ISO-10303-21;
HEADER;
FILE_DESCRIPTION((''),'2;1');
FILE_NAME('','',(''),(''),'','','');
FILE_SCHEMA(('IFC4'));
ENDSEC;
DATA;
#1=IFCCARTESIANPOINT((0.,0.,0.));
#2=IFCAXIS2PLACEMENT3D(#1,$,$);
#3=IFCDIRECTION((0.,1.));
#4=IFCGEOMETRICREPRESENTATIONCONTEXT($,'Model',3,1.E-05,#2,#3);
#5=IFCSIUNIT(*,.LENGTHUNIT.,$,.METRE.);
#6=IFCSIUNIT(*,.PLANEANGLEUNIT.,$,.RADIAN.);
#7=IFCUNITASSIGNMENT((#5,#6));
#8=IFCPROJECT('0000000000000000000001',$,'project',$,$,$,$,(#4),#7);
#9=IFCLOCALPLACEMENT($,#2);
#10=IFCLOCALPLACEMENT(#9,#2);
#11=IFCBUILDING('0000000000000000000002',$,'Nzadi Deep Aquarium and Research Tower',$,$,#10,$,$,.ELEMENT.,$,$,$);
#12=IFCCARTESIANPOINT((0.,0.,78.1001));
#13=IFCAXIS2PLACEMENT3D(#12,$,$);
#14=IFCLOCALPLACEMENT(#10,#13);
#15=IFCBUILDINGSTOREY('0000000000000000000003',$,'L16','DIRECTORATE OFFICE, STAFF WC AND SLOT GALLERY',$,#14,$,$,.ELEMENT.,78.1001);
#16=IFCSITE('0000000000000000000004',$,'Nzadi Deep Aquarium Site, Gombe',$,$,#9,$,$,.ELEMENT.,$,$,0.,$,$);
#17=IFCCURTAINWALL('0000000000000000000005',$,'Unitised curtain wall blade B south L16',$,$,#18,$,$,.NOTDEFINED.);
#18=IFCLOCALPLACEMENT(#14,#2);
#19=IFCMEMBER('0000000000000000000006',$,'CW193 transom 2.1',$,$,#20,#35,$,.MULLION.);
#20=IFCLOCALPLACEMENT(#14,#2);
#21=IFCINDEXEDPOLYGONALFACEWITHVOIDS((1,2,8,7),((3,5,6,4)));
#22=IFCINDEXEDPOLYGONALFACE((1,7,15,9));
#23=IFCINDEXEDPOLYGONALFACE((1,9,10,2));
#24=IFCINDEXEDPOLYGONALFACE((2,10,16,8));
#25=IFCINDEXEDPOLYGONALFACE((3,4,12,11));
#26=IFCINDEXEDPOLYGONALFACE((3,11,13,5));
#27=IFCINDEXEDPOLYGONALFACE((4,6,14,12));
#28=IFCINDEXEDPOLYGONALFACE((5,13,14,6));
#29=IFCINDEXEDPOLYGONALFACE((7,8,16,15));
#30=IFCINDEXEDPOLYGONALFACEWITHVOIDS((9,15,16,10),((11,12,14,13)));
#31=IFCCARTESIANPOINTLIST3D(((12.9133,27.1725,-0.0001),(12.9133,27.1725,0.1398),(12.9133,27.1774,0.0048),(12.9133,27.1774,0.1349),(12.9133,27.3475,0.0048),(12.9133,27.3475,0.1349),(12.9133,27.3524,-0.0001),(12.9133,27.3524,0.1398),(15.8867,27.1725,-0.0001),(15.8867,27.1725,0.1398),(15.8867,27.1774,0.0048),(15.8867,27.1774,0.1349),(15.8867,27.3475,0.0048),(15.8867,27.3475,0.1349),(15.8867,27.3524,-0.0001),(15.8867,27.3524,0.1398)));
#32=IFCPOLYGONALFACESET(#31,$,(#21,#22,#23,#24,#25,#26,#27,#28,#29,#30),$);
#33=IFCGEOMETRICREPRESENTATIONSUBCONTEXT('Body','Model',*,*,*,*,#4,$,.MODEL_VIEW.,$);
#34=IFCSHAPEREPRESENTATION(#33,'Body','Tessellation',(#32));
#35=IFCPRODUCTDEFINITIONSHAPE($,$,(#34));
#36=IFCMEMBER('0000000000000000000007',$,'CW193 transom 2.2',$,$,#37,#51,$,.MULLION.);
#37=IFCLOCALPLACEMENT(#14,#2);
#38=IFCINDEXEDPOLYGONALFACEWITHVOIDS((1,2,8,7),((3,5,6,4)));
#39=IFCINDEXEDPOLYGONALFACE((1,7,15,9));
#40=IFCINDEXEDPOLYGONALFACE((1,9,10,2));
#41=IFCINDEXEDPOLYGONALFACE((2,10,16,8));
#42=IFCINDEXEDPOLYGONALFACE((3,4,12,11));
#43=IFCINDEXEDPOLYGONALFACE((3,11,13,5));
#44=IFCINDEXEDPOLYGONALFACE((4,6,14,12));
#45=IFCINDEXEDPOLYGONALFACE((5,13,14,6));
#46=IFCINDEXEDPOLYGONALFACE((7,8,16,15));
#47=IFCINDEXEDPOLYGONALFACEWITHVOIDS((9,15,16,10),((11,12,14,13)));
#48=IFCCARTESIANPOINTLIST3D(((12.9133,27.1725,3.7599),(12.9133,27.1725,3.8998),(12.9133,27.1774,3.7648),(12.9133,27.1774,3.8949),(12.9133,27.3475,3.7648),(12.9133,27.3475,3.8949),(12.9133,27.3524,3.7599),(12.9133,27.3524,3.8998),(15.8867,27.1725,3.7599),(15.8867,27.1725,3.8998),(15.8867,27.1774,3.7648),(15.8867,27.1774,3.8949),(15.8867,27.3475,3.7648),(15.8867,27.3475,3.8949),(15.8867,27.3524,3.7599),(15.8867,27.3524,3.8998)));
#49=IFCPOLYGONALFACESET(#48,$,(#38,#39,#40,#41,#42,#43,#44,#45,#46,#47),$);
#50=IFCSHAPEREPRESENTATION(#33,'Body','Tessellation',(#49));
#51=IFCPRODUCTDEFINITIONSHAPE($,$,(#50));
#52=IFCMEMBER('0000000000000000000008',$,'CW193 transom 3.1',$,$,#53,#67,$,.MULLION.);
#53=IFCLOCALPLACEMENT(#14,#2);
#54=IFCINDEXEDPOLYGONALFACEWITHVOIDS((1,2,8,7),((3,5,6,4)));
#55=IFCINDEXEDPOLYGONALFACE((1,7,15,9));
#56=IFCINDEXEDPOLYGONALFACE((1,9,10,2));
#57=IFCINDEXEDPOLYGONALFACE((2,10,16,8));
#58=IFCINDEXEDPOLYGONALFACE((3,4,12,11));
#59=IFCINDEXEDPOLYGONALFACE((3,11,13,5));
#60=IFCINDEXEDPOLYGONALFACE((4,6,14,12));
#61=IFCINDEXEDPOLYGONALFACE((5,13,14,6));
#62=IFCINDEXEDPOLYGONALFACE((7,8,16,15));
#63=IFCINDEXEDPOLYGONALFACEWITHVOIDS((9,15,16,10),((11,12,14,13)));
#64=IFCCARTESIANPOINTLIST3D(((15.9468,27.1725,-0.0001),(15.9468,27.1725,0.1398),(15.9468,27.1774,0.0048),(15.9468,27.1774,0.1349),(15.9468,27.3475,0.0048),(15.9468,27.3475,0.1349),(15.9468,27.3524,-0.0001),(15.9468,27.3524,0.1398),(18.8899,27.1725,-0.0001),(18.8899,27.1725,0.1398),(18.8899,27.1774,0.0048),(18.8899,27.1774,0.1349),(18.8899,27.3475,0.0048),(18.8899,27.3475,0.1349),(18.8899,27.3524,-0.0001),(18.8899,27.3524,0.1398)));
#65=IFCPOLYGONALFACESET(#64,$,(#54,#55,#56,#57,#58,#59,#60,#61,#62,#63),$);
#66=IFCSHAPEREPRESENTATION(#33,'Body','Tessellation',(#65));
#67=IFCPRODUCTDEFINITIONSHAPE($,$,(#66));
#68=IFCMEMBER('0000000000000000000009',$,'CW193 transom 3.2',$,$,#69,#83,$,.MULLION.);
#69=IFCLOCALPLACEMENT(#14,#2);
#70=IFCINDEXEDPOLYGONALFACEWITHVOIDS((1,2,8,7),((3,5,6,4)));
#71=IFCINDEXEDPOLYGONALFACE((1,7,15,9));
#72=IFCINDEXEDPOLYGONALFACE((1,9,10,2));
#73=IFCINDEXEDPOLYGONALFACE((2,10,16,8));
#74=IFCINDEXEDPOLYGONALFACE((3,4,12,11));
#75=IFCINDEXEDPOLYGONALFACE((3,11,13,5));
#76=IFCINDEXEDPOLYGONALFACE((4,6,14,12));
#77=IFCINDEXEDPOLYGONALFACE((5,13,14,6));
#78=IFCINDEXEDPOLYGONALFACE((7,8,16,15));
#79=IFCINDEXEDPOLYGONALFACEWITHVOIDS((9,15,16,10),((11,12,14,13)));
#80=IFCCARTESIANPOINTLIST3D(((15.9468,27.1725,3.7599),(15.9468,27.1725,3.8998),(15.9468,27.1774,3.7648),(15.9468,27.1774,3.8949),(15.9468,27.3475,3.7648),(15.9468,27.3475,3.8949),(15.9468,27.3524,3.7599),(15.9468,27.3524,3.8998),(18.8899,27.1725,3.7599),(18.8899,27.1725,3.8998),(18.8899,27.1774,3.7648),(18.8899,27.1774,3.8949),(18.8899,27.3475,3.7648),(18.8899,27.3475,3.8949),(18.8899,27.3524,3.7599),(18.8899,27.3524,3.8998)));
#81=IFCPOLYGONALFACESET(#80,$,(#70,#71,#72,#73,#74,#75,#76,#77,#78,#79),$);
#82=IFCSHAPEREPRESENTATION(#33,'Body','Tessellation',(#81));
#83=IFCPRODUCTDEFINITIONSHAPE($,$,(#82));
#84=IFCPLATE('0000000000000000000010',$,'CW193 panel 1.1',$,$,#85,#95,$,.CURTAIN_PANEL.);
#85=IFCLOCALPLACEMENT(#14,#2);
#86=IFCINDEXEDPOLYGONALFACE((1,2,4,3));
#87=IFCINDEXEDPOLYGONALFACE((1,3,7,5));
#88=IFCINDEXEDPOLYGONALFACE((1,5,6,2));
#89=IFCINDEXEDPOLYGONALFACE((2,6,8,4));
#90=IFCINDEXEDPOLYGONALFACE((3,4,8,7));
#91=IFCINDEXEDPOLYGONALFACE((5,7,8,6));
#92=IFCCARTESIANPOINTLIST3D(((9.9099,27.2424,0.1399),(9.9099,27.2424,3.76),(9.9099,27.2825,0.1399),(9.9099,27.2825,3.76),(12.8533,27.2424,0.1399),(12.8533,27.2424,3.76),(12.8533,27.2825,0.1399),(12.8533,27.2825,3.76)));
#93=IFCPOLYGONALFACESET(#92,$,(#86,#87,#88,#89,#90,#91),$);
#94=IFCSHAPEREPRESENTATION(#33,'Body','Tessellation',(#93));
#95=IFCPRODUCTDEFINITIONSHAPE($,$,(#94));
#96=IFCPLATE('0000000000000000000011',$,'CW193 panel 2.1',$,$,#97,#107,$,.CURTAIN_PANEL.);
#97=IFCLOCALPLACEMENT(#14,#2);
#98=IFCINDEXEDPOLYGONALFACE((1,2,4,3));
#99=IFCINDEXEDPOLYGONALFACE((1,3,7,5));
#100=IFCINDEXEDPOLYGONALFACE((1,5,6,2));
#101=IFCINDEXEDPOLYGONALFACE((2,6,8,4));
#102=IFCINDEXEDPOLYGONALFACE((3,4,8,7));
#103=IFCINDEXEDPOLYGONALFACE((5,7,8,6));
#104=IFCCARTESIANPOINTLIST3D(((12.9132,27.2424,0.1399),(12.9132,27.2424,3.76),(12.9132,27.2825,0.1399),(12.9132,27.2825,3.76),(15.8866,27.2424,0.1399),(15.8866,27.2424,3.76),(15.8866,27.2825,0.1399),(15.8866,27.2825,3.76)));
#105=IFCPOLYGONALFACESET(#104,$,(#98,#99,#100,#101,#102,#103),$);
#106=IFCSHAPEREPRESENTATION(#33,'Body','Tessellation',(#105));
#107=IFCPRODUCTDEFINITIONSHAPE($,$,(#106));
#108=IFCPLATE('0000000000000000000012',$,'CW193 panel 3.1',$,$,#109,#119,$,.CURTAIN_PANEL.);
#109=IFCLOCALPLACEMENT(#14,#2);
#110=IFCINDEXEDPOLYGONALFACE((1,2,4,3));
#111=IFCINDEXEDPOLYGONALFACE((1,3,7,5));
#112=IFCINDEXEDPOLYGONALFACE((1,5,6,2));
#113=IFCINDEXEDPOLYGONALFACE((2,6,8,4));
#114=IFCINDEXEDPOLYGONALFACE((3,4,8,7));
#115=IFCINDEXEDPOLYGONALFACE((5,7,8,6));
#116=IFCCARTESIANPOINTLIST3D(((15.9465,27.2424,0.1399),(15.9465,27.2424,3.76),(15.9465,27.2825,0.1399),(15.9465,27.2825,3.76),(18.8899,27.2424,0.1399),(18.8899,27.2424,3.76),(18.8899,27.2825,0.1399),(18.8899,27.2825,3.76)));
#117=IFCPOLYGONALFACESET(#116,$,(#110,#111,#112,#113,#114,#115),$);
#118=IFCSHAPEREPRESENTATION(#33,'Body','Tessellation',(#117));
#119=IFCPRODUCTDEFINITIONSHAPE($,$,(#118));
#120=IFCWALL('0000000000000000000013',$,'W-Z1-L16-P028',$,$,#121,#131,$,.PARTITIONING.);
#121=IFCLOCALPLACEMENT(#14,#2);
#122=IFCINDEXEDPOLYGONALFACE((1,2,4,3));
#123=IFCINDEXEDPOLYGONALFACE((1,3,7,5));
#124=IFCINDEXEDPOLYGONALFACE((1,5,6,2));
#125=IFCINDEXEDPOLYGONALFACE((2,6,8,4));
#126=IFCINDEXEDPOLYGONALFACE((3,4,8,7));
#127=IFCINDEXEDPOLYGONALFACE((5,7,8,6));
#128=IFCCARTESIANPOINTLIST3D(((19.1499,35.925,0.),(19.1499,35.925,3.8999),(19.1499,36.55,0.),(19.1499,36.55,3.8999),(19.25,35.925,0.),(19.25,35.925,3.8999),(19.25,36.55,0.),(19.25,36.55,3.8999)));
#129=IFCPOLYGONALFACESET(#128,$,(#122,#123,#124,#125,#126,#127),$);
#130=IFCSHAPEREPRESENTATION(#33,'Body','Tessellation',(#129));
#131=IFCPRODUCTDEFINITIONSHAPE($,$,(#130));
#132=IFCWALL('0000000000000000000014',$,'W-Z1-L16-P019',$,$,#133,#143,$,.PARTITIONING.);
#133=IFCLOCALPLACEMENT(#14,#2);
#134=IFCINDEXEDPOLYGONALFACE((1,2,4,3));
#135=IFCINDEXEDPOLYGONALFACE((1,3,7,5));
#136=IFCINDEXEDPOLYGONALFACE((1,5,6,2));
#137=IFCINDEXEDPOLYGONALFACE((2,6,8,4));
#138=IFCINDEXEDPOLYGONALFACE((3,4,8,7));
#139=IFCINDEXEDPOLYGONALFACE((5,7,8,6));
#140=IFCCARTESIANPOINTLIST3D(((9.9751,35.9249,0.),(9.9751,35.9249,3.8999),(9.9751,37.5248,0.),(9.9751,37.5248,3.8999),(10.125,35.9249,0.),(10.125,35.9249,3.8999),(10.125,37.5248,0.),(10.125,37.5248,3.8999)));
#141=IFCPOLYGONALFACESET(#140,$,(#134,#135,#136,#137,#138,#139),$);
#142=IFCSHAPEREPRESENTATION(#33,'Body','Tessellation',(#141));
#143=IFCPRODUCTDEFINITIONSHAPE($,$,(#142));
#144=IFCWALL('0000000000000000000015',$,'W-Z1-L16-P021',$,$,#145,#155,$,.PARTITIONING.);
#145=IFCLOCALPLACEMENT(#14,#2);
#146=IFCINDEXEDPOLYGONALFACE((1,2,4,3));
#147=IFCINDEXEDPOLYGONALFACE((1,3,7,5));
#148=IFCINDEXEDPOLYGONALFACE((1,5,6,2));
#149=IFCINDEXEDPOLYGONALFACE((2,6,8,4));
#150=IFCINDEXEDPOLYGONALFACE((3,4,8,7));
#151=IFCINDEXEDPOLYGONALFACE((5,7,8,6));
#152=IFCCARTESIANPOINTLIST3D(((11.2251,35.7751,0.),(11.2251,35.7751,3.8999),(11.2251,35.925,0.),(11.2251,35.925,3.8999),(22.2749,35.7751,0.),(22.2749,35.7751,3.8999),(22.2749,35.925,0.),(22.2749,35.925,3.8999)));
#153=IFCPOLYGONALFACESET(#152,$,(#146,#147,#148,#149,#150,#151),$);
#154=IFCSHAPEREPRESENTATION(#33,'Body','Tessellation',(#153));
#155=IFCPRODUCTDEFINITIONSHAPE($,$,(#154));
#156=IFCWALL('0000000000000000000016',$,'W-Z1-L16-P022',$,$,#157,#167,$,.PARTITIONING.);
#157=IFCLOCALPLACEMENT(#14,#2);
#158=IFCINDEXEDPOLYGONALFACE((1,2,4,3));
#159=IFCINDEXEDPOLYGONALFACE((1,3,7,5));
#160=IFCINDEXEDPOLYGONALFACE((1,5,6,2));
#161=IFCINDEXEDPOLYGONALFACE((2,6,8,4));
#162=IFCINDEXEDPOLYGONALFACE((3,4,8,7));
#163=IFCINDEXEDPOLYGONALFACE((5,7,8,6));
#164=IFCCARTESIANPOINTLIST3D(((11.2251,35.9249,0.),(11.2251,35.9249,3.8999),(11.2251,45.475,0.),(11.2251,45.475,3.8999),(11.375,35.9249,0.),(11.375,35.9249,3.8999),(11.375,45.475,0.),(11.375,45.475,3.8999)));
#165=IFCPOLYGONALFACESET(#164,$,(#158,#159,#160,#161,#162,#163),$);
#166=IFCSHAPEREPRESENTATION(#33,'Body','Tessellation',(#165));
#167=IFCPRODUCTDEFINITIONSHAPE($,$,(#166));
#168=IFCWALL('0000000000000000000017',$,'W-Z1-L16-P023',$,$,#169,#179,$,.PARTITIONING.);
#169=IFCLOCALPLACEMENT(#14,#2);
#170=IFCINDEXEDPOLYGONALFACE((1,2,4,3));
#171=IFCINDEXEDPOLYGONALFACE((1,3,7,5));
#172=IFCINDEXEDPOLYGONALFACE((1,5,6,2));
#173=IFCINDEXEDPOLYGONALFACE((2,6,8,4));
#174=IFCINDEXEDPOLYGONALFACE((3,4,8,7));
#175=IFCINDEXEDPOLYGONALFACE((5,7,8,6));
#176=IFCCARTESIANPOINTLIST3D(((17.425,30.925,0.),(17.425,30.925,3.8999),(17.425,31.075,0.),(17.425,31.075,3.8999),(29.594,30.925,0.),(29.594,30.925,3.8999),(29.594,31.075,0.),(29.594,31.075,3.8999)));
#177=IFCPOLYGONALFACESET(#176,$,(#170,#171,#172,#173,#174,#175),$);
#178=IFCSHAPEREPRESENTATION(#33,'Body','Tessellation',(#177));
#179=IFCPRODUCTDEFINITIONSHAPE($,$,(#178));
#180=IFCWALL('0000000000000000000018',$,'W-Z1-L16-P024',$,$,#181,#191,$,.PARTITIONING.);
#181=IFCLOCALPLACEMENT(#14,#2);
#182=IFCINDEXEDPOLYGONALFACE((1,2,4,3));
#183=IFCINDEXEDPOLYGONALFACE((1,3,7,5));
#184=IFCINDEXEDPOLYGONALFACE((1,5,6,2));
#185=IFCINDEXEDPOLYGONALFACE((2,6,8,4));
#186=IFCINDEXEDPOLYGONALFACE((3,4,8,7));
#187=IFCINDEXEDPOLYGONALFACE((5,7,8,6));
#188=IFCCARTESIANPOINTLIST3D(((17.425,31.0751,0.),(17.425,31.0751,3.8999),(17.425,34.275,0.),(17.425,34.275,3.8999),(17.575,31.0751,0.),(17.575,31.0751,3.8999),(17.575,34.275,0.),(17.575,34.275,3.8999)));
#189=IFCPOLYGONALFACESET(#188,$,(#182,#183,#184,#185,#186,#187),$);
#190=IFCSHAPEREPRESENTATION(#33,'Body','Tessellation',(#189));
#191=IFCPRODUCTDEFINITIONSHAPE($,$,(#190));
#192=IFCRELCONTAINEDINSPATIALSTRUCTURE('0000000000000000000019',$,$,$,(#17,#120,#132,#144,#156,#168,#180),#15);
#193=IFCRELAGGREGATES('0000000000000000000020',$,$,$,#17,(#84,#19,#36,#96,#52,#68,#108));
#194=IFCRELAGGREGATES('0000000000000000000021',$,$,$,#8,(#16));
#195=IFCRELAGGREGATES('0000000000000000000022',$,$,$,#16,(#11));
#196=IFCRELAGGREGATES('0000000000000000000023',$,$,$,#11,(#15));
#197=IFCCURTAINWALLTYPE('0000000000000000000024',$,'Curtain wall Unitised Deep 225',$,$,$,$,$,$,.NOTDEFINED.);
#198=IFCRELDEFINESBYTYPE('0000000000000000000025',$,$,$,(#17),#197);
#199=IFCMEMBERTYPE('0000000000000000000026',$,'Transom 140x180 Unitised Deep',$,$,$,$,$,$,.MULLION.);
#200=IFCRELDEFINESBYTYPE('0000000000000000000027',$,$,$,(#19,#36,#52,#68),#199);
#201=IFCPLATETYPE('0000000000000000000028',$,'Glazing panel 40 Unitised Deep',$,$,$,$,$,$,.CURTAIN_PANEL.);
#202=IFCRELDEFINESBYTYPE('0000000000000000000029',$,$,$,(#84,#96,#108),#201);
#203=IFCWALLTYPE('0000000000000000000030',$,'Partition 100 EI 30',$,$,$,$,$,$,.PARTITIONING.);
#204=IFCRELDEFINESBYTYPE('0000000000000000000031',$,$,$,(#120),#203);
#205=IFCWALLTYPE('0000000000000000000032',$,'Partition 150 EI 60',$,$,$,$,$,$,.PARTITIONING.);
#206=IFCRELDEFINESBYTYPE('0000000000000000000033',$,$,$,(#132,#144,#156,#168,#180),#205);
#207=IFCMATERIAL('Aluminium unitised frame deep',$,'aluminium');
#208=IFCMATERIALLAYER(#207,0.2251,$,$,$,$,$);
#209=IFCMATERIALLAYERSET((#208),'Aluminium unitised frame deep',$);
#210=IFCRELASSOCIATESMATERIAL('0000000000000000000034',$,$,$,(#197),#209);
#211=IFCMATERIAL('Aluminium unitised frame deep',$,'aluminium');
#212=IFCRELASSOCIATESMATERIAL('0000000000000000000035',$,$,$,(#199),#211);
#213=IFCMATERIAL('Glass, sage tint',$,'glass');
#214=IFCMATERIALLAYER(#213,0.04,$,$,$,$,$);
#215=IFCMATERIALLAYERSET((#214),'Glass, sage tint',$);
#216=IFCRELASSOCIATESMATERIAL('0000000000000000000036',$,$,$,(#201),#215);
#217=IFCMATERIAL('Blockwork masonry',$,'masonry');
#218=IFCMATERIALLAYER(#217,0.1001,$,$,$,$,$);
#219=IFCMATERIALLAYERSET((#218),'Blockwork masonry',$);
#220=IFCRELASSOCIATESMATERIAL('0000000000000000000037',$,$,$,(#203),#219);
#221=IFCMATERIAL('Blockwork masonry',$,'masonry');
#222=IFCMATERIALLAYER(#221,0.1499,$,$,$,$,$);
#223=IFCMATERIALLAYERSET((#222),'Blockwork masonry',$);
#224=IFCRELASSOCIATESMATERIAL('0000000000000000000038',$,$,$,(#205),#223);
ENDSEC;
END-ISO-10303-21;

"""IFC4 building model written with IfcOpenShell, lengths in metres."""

from ifc_helpers import new_model, si_unit, direction, frame, frame_2d, origin, origin_2d, place, context, subcontext, project, spatial, rectangle, hollow_rectangle, extrude, material, layer, layer_set, material_profile, profile_set, type_object, element, aggregate, save


model = new_model("IFC4")

# Units and contexts
model_context = context("Model", 3, precision=1e-05, world=origin(), true_north=direction((0.0, 1.0)))
body_context = subcontext(model_context, "Body", "Model", "MODEL_VIEW")
ifc_project = project(units=[si_unit("LENGTHUNIT", "METRE"), si_unit("PLANEANGLEUNIT", "RADIAN")], contexts=[model_context])

# Site, building, storey
site_placement = place(None, origin())
site = spatial("IfcSite", under=ifc_project, at=site_placement, Name="Nzadi Deep Aquarium Site, Gombe", CompositionType="ELEMENT", RefElevation=0.0)
building_placement = place(site_placement, origin())
building = spatial("IfcBuilding", under=site, at=building_placement, Name="Nzadi Deep Aquarium and Research Tower", CompositionType="ELEMENT")
storey_placement = place(building_placement, frame((0.0, 0.0, 78.1001)))
storey = spatial("IfcBuildingStorey", under=building, at=storey_placement, Name="L16", Description="DIRECTORATE OFFICE, STAFF WC AND SLOT GALLERY", CompositionType="ELEMENT", Elevation=78.1001)

# Curtain wall
ifc_material_1 = material(Name="Aluminium unitised frame deep", Category="aluminium")
ifc_layer_1 = layer(ifc_material_1, 0.2251)
ifc_layer_set_1 = layer_set([ifc_layer_1], Name="Aluminium unitised frame deep")
curtain_wall_type = type_object("IfcCurtainWallType", Name="Curtain wall Unitised Deep 225", PredefinedType="NOTDEFINED", material=ifc_layer_set_1)
curtain_wall_1_placement = place(storey_placement, origin())
curtain_wall_1 = element("IfcCurtainWall", 1, at=curtain_wall_1_placement, inside=storey, type_object=curtain_wall_type, Name="Unitised curtain wall blade B south L16", PredefinedType="NOTDEFINED")

# Members
ifc_material_2 = material(Name="Aluminium unitised frame deep", Category="aluminium")
ifc_material_profile_1 = material_profile(ifc_material_2, hollow_rectangle(XDim=0.1799, YDim=0.1399, WallThickness=0.0049, at=origin_2d()))
ifc_profile_set_1 = profile_set([ifc_material_profile_1], Name="Aluminium unitised frame deep")
member_type_1 = type_object("IfcMemberType", Name="Transom 140x180 Unitised Deep", PredefinedType="MULLION", material=ifc_profile_set_1)
member_1_placement = place(storey_placement, frame((12.9133, 27.2625, 0.0698), z_axis=(1.0, 0.0, 0.0), x_axis=(0.0, 1.0, 0.0)))
member_1 = element("IfcMember", 2, at=member_1_placement, type_object=member_type_1, Name="CW193 transom 2.1", PredefinedType="MULLION", context=body_context, shape_type="SweptSolid", body=[
    extrude(hollow_rectangle(XDim=0.1799, YDim=0.1399, WallThickness=0.0049, at=origin_2d()), origin(), (0.0, 0.0, 1.0), 2.9734),
])
member_2_placement = place(storey_placement, frame((12.9133, 27.2625, 3.8298), z_axis=(1.0, 0.0, 0.0), x_axis=(0.0, 1.0, 0.0)))
member_2 = element("IfcMember", 3, at=member_2_placement, type_object=member_type_1, Name="CW193 transom 2.2", PredefinedType="MULLION", context=body_context, shape_type="SweptSolid", body=[
    extrude(hollow_rectangle(XDim=0.1799, YDim=0.1399, WallThickness=0.0049, at=origin_2d()), origin(), (0.0, 0.0, 1.0), 2.9734),
])
member_3_placement = place(storey_placement, frame((15.9468, 27.2625, 0.0698), z_axis=(1.0, 0.0, 0.0), x_axis=(0.0, 1.0, 0.0)))
member_3 = element("IfcMember", 4, at=member_3_placement, type_object=member_type_1, Name="CW193 transom 3.1", PredefinedType="MULLION", context=body_context, shape_type="SweptSolid", body=[
    extrude(hollow_rectangle(XDim=0.1799, YDim=0.1399, WallThickness=0.0049, at=origin_2d()), origin(), (0.0, 0.0, 1.0), 2.9431),
])
member_4_placement = place(storey_placement, frame((15.9468, 27.2625, 3.8298), z_axis=(1.0, 0.0, 0.0), x_axis=(0.0, 1.0, 0.0)))
member_4 = element("IfcMember", 5, at=member_4_placement, type_object=member_type_1, Name="CW193 transom 3.2", PredefinedType="MULLION", context=body_context, shape_type="SweptSolid", body=[
    extrude(hollow_rectangle(XDim=0.1799, YDim=0.1399, WallThickness=0.0049, at=origin_2d()), origin(), (0.0, 0.0, 1.0), 2.9431),
])

# Plates
ifc_material_3 = material(Name="Glass, sage tint", Category="glass")
ifc_layer_2 = layer(ifc_material_3, 0.04)
ifc_layer_set_2 = layer_set([ifc_layer_2], Name="Glass, sage tint")
plate_type = type_object("IfcPlateType", Name="Glazing panel 40 Unitised Deep", PredefinedType="CURTAIN_PANEL", material=ifc_layer_set_2)
plate_1_placement = place(storey_placement, frame((11.3816, 27.2625, 0.1399), z_axis=(0.0, 0.0, 1.0), x_axis=(1.0, 0.0, 0.0)))
plate_1 = element("IfcPlate", 6, at=plate_1_placement, type_object=plate_type, Name="CW193 panel 1.1", PredefinedType="CURTAIN_PANEL", context=body_context, shape_type="SweptSolid", body=[
    extrude(rectangle(XDim=2.9434, YDim=0.04, at=origin_2d()), origin(), (0.0, 0.0, 1.0), 3.6201),
])
plate_2_placement = place(storey_placement, frame((14.3999, 27.2625, 0.1399), z_axis=(0.0, 0.0, 1.0), x_axis=(1.0, 0.0, 0.0)))
plate_2 = element("IfcPlate", 7, at=plate_2_placement, type_object=plate_type, Name="CW193 panel 2.1", PredefinedType="CURTAIN_PANEL", context=body_context, shape_type="SweptSolid", body=[
    extrude(rectangle(XDim=2.9734, YDim=0.04, at=origin_2d()), origin(), (0.0, 0.0, 1.0), 3.6201),
])
plate_3_placement = place(storey_placement, frame((17.4182, 27.2625, 0.1399), z_axis=(0.0, 0.0, 1.0), x_axis=(1.0, 0.0, 0.0)))
plate_3 = element("IfcPlate", 8, at=plate_3_placement, type_object=plate_type, Name="CW193 panel 3.1", PredefinedType="CURTAIN_PANEL", context=body_context, shape_type="SweptSolid", body=[
    extrude(rectangle(XDim=2.9434, YDim=0.04, at=origin_2d()), origin(), (0.0, 0.0, 1.0), 3.6201),
])
aggregate(curtain_wall_1, [plate_1, member_1, member_2, plate_2, member_3, member_4, plate_3])

# Walls
ifc_material_4 = material(Name="Blockwork masonry", Category="masonry")
ifc_layer_3 = layer(ifc_material_4, 0.1001)
ifc_layer_set_3 = layer_set([ifc_layer_3], Name="Blockwork masonry")
wall_type_1 = type_object("IfcWallType", Name="Partition 100 EI 30", PredefinedType="PARTITIONING", material=ifc_layer_set_3)
wall_1_placement = place(storey_placement, frame((19.2, 35.925, 0.0), z_axis=(0.0, 0.0, 1.0), x_axis=(0.0, 1.0, 0.0)))
element("IfcWall", 9, at=wall_1_placement, inside=storey, type_object=wall_type_1, Name="W-Z1-L16-P028", PredefinedType="PARTITIONING", context=body_context, shape_type="SweptSolid", body=[
    extrude(rectangle(XDim=0.625, YDim=0.1001, at=frame_2d((0.3125, 0.0))), origin(), (0.0, 0.0, 1.0), 3.8999),
])
ifc_material_5 = material(Name="Blockwork masonry", Category="masonry")
ifc_layer_4 = layer(ifc_material_5, 0.1499)
ifc_layer_set_4 = layer_set([ifc_layer_4], Name="Blockwork masonry")
wall_type_2 = type_object("IfcWallType", Name="Partition 150 EI 60", PredefinedType="PARTITIONING", material=ifc_layer_set_4)
wall_2_placement = place(storey_placement, frame((10.05, 35.925, 0.0), z_axis=(0.0, 0.0, 1.0), x_axis=(0.0, 1.0, 0.0)))
element("IfcWall", 10, at=wall_2_placement, inside=storey, type_object=wall_type_2, Name="W-Z1-L16-P019", PredefinedType="PARTITIONING", context=body_context, shape_type="SweptSolid", body=[
    extrude(rectangle(XDim=1.5999, YDim=0.1499, at=frame_2d((0.7998, 0.0))), origin(), (0.0, 0.0, 1.0), 3.8999),
])
wall_3_placement = place(storey_placement, frame((11.2251, 35.8501, 0.0), z_axis=(0.0, 0.0, 1.0), x_axis=(1.0, 0.0, 0.0)))
element("IfcWall", 11, at=wall_3_placement, inside=storey, type_object=wall_type_2, Name="W-Z1-L16-P021", PredefinedType="PARTITIONING", context=body_context, shape_type="SweptSolid", body=[
    extrude(rectangle(XDim=11.0498, YDim=0.1499, at=frame_2d((5.5249, 0.0))), origin(), (0.0, 0.0, 1.0), 3.8999),
])
wall_4_placement = place(storey_placement, frame((11.3, 35.925, 0.0), z_axis=(0.0, 0.0, 1.0), x_axis=(0.0, 1.0, 0.0)))
element("IfcWall", 12, at=wall_4_placement, inside=storey, type_object=wall_type_2, Name="W-Z1-L16-P022", PredefinedType="PARTITIONING", context=body_context, shape_type="SweptSolid", body=[
    extrude(rectangle(XDim=9.55, YDim=0.1499, at=frame_2d((4.7749, 0.0))), origin(), (0.0, 0.0, 1.0), 3.8999),
])
wall_5_placement = place(storey_placement, frame((17.425, 31.0, 0.0), z_axis=(0.0, 0.0, 1.0), x_axis=(1.0, 0.0, 0.0)))
element("IfcWall", 13, at=wall_5_placement, inside=storey, type_object=wall_type_2, Name="W-Z1-L16-P023", PredefinedType="PARTITIONING", context=body_context, shape_type="SweptSolid", body=[
    extrude(rectangle(XDim=12.1689, YDim=0.1499, at=frame_2d((6.0845, 0.0))), origin(), (0.0, 0.0, 1.0), 3.8999),
])
wall_6_placement = place(storey_placement, frame((17.5, 31.075, 0.0), z_axis=(0.0, 0.0, 1.0), x_axis=(0.0, 1.0, 0.0)))
element("IfcWall", 14, at=wall_6_placement, inside=storey, type_object=wall_type_2, Name="W-Z1-L16-P024", PredefinedType="PARTITIONING", context=body_context, shape_type="SweptSolid", body=[
    extrude(rectangle(XDim=3.2, YDim=0.1499, at=frame_2d((1.6001, 0.0))), origin(), (0.0, 0.0, 1.0), 3.8999),
])

save(model, "model.ifc")
